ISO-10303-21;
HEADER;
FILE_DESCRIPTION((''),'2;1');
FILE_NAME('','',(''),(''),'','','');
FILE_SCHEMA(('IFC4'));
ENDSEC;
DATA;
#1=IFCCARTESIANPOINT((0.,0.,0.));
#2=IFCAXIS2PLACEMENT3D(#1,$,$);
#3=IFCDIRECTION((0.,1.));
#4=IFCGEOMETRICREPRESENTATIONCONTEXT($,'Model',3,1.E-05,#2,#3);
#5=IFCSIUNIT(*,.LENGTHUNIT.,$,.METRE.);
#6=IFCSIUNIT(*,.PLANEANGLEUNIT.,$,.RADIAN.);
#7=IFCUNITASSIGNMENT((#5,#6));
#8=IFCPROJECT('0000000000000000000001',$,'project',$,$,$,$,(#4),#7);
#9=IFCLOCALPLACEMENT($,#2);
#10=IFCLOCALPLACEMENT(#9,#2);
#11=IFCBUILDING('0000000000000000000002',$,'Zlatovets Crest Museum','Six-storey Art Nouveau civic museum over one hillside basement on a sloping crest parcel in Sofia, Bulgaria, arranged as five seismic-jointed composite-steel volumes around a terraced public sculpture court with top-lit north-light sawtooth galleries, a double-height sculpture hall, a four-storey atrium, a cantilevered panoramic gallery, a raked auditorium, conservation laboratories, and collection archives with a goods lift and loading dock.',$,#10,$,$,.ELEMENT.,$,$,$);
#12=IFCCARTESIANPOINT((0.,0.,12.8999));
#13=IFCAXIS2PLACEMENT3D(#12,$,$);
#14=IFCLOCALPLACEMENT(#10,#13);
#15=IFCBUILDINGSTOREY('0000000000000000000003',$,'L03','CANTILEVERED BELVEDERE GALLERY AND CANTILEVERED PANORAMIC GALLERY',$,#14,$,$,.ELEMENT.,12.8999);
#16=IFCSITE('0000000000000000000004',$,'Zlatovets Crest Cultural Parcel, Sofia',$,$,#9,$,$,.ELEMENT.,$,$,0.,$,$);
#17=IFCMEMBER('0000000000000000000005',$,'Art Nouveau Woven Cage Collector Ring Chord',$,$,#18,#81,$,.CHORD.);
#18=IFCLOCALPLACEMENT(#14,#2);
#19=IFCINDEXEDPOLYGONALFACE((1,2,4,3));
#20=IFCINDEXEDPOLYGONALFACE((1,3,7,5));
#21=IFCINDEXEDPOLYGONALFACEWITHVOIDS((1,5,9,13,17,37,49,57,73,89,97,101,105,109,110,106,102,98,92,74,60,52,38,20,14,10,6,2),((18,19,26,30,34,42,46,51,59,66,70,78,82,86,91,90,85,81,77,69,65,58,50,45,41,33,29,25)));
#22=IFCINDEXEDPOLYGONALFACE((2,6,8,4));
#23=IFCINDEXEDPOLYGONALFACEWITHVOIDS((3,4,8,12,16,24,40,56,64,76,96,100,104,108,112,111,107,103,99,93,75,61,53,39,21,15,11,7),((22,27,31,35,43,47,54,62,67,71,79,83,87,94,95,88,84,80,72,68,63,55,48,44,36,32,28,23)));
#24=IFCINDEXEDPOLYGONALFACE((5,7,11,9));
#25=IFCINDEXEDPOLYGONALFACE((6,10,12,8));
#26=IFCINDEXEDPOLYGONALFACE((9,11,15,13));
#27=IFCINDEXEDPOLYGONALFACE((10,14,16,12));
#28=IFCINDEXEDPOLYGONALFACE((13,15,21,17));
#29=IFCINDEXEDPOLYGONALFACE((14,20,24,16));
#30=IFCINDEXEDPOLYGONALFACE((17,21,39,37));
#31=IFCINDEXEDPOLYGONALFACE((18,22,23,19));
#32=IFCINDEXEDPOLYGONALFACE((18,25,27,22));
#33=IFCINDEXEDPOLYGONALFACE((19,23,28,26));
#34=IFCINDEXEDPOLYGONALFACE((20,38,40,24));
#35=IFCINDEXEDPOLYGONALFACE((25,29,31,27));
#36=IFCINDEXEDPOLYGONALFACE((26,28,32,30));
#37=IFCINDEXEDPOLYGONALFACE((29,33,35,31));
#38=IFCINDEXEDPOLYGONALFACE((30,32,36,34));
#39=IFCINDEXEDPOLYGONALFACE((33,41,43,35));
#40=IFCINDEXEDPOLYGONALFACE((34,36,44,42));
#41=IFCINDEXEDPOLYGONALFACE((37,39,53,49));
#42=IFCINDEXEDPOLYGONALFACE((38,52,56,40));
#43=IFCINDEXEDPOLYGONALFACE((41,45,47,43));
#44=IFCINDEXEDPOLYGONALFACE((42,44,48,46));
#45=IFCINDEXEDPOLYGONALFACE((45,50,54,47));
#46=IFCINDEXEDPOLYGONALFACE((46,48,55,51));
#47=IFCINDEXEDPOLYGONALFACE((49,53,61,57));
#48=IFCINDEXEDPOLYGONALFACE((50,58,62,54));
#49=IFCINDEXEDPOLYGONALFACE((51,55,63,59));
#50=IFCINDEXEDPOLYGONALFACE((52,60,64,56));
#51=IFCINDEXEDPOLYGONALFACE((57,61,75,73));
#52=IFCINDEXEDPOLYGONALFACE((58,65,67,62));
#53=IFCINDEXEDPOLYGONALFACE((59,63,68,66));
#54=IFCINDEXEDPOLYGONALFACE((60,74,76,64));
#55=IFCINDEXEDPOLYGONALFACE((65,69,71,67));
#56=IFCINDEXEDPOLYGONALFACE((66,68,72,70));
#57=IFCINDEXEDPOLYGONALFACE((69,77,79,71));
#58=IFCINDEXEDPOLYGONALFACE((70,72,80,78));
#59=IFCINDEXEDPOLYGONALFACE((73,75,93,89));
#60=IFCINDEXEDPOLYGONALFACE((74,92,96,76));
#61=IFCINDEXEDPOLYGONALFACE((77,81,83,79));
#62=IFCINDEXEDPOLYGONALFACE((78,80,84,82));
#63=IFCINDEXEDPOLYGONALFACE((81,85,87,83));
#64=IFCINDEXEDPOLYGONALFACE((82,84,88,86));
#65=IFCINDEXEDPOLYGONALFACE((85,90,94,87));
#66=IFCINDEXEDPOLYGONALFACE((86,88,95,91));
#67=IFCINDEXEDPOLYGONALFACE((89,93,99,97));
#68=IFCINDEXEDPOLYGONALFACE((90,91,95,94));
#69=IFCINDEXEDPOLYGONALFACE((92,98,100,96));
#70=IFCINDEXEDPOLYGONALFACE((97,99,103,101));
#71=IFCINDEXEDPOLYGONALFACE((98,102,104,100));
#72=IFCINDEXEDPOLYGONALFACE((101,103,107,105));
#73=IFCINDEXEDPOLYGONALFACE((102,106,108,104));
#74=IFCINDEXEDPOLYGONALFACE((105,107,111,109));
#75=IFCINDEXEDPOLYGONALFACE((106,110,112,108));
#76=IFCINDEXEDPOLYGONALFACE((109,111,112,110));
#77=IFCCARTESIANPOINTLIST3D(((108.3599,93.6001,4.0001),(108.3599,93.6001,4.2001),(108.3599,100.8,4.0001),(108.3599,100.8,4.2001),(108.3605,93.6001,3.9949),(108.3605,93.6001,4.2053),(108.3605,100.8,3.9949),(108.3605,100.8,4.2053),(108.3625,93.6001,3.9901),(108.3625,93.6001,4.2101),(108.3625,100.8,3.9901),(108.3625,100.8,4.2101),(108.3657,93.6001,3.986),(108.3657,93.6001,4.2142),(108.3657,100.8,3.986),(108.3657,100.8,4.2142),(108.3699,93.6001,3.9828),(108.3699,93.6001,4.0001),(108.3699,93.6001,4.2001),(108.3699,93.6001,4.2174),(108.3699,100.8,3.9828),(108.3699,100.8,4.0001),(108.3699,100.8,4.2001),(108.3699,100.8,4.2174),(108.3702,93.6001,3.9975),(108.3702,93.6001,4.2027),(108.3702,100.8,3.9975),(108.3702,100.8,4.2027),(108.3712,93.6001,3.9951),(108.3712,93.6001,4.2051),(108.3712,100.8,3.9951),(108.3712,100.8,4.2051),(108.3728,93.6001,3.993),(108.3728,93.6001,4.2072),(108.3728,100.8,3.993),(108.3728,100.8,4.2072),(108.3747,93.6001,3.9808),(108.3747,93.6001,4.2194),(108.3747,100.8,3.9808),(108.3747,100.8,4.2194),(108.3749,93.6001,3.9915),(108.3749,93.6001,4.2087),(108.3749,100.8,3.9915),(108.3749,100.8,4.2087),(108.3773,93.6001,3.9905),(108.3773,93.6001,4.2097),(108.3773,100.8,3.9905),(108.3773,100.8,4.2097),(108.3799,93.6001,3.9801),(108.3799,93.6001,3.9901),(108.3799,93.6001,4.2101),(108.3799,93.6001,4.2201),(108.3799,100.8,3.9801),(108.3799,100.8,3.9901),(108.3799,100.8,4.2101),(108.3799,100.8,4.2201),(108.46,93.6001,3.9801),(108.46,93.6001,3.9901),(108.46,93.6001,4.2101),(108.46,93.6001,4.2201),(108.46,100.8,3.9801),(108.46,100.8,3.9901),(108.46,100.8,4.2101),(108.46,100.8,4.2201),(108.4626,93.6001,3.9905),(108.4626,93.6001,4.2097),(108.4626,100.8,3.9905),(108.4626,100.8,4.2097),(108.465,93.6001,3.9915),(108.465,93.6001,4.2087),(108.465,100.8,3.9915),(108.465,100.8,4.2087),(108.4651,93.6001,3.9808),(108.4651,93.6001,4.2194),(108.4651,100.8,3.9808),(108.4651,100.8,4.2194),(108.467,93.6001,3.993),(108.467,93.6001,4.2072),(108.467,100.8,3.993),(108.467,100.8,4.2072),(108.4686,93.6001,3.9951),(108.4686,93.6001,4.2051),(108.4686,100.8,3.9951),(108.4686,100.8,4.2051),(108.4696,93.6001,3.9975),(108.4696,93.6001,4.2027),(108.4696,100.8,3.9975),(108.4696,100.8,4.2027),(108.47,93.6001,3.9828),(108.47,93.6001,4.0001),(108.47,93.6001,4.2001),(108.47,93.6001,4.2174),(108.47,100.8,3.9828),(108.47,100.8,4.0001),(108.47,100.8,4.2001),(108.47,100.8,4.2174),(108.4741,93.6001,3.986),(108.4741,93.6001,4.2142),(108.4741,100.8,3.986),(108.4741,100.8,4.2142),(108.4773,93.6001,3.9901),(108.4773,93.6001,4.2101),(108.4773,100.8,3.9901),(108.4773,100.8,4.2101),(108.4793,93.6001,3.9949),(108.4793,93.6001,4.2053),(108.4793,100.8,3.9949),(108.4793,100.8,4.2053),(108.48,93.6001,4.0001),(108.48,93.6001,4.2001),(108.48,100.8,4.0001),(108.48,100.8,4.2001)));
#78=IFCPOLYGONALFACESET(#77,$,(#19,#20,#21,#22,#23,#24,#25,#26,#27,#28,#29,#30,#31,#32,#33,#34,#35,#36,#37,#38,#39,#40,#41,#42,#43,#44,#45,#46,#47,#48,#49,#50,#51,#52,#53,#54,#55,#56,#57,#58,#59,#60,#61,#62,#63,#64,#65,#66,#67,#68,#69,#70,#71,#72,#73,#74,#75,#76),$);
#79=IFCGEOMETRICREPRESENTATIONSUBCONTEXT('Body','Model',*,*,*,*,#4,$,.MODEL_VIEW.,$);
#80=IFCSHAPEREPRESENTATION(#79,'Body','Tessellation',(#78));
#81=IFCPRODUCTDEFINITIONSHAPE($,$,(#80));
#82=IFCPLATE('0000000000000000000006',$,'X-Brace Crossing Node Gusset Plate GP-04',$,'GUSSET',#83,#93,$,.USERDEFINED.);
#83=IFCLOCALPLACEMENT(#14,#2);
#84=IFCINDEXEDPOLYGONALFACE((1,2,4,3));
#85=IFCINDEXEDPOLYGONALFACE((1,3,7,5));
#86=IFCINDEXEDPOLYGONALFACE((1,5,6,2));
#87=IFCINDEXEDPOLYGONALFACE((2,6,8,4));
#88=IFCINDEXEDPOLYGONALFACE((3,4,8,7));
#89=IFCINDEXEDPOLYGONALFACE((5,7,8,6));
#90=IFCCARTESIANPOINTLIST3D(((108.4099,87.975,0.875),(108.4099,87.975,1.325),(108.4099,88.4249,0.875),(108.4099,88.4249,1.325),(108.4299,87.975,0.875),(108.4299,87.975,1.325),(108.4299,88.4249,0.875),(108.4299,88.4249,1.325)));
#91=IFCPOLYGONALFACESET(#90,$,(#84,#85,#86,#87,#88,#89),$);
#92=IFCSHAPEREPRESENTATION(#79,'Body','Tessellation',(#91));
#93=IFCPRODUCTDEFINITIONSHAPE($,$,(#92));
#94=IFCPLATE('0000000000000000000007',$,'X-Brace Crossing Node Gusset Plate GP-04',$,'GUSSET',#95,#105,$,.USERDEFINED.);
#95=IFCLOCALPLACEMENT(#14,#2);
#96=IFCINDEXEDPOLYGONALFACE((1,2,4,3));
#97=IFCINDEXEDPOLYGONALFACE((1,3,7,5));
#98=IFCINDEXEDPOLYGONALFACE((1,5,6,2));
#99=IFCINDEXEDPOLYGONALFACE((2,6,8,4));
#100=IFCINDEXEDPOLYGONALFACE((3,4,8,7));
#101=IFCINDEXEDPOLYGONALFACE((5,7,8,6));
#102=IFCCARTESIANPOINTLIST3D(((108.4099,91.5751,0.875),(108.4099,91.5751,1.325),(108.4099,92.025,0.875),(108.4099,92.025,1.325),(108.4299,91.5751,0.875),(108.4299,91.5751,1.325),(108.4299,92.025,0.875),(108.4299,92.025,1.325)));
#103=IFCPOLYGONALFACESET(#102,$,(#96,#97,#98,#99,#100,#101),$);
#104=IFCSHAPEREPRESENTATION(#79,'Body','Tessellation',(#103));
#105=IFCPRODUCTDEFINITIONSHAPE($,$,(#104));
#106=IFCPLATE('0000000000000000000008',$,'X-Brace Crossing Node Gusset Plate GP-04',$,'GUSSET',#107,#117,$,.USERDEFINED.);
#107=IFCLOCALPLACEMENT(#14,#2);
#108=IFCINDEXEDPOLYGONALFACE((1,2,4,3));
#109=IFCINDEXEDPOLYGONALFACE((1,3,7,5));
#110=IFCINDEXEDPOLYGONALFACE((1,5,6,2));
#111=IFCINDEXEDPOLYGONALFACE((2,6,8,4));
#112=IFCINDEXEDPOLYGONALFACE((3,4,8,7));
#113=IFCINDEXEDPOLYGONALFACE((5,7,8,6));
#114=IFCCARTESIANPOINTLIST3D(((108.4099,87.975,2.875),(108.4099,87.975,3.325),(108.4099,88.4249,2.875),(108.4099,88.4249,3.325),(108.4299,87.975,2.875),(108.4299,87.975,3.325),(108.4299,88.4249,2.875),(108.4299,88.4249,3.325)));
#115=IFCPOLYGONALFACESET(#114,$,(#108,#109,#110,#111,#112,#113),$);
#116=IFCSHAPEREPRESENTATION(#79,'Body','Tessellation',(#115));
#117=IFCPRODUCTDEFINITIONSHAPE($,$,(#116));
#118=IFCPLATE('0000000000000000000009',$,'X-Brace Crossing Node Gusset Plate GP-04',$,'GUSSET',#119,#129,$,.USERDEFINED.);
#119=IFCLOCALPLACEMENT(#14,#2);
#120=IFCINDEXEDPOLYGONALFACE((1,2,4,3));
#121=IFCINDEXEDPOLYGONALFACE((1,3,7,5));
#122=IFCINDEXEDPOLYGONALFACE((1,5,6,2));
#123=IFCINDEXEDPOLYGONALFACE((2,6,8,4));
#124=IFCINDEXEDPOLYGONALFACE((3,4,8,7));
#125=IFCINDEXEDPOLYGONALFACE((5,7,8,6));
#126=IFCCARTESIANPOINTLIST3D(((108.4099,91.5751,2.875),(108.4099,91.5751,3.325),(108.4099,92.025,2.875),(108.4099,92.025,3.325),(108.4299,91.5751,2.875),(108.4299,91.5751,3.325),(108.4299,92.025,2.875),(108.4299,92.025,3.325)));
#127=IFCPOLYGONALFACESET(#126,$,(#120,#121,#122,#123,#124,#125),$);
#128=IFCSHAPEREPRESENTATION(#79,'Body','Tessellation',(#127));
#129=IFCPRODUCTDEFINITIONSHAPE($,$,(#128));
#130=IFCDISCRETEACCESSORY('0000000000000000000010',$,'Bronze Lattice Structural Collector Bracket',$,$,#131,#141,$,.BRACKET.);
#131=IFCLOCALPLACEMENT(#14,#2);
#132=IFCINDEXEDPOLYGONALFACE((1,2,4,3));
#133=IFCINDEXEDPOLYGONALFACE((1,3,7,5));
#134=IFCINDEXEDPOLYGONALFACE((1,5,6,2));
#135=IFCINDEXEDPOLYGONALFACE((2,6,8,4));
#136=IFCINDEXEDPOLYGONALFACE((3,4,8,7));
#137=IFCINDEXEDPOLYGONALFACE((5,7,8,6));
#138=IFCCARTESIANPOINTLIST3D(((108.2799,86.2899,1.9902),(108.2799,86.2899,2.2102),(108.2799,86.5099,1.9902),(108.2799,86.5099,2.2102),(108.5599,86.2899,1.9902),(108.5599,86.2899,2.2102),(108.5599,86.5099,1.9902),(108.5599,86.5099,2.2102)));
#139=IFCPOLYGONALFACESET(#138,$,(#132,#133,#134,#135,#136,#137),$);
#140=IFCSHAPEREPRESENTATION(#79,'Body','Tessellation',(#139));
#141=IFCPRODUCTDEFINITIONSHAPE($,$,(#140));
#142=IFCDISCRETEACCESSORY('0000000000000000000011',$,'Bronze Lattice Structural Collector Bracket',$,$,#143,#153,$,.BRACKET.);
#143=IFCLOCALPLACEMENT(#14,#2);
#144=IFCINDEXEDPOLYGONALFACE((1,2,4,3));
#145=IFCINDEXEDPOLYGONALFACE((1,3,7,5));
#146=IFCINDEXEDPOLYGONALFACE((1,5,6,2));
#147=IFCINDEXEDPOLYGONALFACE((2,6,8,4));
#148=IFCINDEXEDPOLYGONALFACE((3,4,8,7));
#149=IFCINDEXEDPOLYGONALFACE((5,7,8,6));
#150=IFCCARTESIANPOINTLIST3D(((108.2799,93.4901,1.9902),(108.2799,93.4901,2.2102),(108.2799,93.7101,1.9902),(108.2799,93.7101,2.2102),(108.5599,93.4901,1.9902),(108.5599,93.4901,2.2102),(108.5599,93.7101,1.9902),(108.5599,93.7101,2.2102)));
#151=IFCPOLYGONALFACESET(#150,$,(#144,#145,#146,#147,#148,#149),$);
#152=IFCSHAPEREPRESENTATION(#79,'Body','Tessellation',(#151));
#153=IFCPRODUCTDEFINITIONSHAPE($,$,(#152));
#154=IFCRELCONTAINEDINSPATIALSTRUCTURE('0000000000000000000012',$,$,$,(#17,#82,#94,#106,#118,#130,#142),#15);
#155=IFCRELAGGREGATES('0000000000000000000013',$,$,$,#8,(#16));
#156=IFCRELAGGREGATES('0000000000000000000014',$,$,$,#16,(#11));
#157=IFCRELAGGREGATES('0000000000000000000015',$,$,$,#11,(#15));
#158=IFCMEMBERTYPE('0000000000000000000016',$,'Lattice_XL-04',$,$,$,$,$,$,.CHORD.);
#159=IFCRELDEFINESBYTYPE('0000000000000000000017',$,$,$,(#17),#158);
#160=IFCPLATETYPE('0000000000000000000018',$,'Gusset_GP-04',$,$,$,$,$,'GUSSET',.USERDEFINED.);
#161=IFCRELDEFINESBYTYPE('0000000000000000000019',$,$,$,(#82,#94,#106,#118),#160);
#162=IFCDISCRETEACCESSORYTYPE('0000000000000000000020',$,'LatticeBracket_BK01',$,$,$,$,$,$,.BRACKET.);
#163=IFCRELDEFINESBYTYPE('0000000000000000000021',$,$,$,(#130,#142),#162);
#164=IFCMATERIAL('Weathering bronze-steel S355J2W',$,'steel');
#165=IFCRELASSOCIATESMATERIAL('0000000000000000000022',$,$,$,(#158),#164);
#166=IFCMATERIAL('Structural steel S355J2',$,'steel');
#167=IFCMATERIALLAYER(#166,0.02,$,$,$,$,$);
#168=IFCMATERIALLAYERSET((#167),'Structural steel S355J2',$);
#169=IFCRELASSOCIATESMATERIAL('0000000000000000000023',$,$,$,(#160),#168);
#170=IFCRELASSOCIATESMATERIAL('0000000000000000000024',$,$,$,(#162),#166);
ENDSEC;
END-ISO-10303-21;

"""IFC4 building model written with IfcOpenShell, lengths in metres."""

from ifc_helpers import new_model, si_unit, direction, frame, origin, origin_2d, place, context, subcontext, project, spatial, rectangle, hollow_rectangle, extrude, material, layer, layer_set, material_profile, profile_set, type_object, element, save


model = new_model("IFC4")

# Units and contexts
model_context = context("Model", 3, precision=1e-05, world=origin(), true_north=direction((0.0, 1.0)))
body_context = subcontext(model_context, "Body", "Model", "MODEL_VIEW")
ifc_project = project(units=[si_unit("LENGTHUNIT", "METRE"), si_unit("PLANEANGLEUNIT", "RADIAN")], contexts=[model_context])

# Site, building, storey
site_placement = place(None, origin())
site = spatial("IfcSite", under=ifc_project, at=site_placement, Name="Zlatovets Crest Cultural Parcel, Sofia", CompositionType="ELEMENT", RefElevation=0.0)
building_placement = place(site_placement, origin())
building = spatial("IfcBuilding", under=site, at=building_placement, Name="Zlatovets Crest Museum", Description="Six-storey Art Nouveau civic museum over one hillside basement on a sloping crest parcel in Sofia, Bulgaria, arranged as five seismic-jointed composite-steel volumes around a terraced public sculpture court with top-lit north-light sawtooth galleries, a double-height sculpture hall, a four-storey atrium, a cantilevered panoramic gallery, a raked auditorium, conservation laboratories, and collection archives with a goods lift and loading dock.", CompositionType="ELEMENT")
storey_placement = place(building_placement, frame((0.0, 0.0, 12.8999)))
storey = spatial("IfcBuildingStorey", under=building, at=storey_placement, Name="L03", Description="CANTILEVERED BELVEDERE GALLERY AND CANTILEVERED PANORAMIC GALLERY", CompositionType="ELEMENT", Elevation=12.8999)

# Member
ifc_material_1 = material(Name="Weathering bronze-steel S355J2W", Category="steel")
ifc_material_profile_1 = material_profile(ifc_material_1, hollow_rectangle(XDim=0.1201, YDim=0.24, WallThickness=0.01, InnerFilletRadius=0.01, OuterFilletRadius=0.02, at=origin_2d()), Name="RHS 120x240x10.0")
ifc_profile_set_1 = profile_set([ifc_material_profile_1], Name="Weathering bronze-steel S355J2W")
member_type_1 = type_object("IfcMemberType", Name="Lattice_XL-04", PredefinedType="CHORD", material=ifc_profile_set_1)
member_1_placement = place(storey_placement, frame((108.4199, 93.6001, 4.1001), z_axis=(0.0, 1.0, 0.0), x_axis=(-1.0, 0.0, 0.0)))
element("IfcMember", 1, at=member_1_placement, inside=storey, type_object=member_type_1, Name="Art Nouveau Woven Cage Collector Ring Chord", PredefinedType="CHORD", context=body_context, shape_type="SweptSolid", body=[
    extrude(hollow_rectangle(XDim=0.1201, YDim=0.24, WallThickness=0.01, InnerFilletRadius=0.01, OuterFilletRadius=0.02, at=origin_2d()), origin(), (0.0, 0.0, 1.0), 7.2),
])

# Plates
ifc_material_2 = material(Name="Structural steel S355J2", Category="steel")
ifc_layer = layer(ifc_material_2, 0.02)
ifc_layer_set = layer_set([ifc_layer], Name="Structural steel S355J2")
plate_type = type_object("IfcPlateType", Name="Gusset_GP-04", ElementType="GUSSET", PredefinedType="USERDEFINED", material=ifc_layer_set)
for number, where, z_axis, x_axis, name in (
    (2, (108.4199, 88.2, 0.875), (0.0, 0.0, 1.0), (1.0, 0.0, 0.0), "X-Brace Crossing Node Gusset Plate GP-04"),
    (3, (108.4199, 91.8, 0.875), (0.0, 0.0, 1.0), (1.0, 0.0, 0.0), "X-Brace Crossing Node Gusset Plate GP-04"),
    (4, (108.4199, 88.2, 2.875), (0.0, 0.0, 1.0), (1.0, 0.0, 0.0), "X-Brace Crossing Node Gusset Plate GP-04"),
    (5, (108.4199, 91.8, 2.875), (0.0, 0.0, 1.0), (1.0, 0.0, 0.0), "X-Brace Crossing Node Gusset Plate GP-04"),
):
    element("IfcPlate", number, at=place(storey_placement, frame(where, z_axis=z_axis, x_axis=x_axis)), inside=storey, type_object=plate_type, Name=name, ObjectType="GUSSET", PredefinedType="USERDEFINED", context=body_context, shape_type="SweptSolid", body=[
        extrude(rectangle(XDim=0.02, YDim=0.45, at=origin_2d()), origin(), (0.0, 0.0, 1.0), 0.45),
    ])

# Discrete accessories
discrete_accessory_type = type_object("IfcDiscreteAccessoryType", Name="LatticeBracket_BK01", PredefinedType="BRACKET", material=ifc_material_2)
for number, where, z_axis, x_axis, name in (
    (6, (108.4199, 86.3999, 1.9902), (0.0, 0.0, 1.0), (1.0, 0.0, 0.0), "Bronze Lattice Structural Collector Bracket"),
    (7, (108.4199, 93.6001, 1.9902), (0.0, 0.0, 1.0), (1.0, 0.0, 0.0), "Bronze Lattice Structural Collector Bracket"),
):
    element("IfcDiscreteAccessory", number, at=place(storey_placement, frame(where, z_axis=z_axis, x_axis=x_axis)), inside=storey, type_object=discrete_accessory_type, Name=name, PredefinedType="BRACKET", context=body_context, shape_type="SweptSolid", body=[
        extrude(rectangle(XDim=0.28, YDim=0.22, at=origin_2d()), origin(), (0.0, 0.0, 1.0), 0.22),
    ])

save(model, "model.ifc")
